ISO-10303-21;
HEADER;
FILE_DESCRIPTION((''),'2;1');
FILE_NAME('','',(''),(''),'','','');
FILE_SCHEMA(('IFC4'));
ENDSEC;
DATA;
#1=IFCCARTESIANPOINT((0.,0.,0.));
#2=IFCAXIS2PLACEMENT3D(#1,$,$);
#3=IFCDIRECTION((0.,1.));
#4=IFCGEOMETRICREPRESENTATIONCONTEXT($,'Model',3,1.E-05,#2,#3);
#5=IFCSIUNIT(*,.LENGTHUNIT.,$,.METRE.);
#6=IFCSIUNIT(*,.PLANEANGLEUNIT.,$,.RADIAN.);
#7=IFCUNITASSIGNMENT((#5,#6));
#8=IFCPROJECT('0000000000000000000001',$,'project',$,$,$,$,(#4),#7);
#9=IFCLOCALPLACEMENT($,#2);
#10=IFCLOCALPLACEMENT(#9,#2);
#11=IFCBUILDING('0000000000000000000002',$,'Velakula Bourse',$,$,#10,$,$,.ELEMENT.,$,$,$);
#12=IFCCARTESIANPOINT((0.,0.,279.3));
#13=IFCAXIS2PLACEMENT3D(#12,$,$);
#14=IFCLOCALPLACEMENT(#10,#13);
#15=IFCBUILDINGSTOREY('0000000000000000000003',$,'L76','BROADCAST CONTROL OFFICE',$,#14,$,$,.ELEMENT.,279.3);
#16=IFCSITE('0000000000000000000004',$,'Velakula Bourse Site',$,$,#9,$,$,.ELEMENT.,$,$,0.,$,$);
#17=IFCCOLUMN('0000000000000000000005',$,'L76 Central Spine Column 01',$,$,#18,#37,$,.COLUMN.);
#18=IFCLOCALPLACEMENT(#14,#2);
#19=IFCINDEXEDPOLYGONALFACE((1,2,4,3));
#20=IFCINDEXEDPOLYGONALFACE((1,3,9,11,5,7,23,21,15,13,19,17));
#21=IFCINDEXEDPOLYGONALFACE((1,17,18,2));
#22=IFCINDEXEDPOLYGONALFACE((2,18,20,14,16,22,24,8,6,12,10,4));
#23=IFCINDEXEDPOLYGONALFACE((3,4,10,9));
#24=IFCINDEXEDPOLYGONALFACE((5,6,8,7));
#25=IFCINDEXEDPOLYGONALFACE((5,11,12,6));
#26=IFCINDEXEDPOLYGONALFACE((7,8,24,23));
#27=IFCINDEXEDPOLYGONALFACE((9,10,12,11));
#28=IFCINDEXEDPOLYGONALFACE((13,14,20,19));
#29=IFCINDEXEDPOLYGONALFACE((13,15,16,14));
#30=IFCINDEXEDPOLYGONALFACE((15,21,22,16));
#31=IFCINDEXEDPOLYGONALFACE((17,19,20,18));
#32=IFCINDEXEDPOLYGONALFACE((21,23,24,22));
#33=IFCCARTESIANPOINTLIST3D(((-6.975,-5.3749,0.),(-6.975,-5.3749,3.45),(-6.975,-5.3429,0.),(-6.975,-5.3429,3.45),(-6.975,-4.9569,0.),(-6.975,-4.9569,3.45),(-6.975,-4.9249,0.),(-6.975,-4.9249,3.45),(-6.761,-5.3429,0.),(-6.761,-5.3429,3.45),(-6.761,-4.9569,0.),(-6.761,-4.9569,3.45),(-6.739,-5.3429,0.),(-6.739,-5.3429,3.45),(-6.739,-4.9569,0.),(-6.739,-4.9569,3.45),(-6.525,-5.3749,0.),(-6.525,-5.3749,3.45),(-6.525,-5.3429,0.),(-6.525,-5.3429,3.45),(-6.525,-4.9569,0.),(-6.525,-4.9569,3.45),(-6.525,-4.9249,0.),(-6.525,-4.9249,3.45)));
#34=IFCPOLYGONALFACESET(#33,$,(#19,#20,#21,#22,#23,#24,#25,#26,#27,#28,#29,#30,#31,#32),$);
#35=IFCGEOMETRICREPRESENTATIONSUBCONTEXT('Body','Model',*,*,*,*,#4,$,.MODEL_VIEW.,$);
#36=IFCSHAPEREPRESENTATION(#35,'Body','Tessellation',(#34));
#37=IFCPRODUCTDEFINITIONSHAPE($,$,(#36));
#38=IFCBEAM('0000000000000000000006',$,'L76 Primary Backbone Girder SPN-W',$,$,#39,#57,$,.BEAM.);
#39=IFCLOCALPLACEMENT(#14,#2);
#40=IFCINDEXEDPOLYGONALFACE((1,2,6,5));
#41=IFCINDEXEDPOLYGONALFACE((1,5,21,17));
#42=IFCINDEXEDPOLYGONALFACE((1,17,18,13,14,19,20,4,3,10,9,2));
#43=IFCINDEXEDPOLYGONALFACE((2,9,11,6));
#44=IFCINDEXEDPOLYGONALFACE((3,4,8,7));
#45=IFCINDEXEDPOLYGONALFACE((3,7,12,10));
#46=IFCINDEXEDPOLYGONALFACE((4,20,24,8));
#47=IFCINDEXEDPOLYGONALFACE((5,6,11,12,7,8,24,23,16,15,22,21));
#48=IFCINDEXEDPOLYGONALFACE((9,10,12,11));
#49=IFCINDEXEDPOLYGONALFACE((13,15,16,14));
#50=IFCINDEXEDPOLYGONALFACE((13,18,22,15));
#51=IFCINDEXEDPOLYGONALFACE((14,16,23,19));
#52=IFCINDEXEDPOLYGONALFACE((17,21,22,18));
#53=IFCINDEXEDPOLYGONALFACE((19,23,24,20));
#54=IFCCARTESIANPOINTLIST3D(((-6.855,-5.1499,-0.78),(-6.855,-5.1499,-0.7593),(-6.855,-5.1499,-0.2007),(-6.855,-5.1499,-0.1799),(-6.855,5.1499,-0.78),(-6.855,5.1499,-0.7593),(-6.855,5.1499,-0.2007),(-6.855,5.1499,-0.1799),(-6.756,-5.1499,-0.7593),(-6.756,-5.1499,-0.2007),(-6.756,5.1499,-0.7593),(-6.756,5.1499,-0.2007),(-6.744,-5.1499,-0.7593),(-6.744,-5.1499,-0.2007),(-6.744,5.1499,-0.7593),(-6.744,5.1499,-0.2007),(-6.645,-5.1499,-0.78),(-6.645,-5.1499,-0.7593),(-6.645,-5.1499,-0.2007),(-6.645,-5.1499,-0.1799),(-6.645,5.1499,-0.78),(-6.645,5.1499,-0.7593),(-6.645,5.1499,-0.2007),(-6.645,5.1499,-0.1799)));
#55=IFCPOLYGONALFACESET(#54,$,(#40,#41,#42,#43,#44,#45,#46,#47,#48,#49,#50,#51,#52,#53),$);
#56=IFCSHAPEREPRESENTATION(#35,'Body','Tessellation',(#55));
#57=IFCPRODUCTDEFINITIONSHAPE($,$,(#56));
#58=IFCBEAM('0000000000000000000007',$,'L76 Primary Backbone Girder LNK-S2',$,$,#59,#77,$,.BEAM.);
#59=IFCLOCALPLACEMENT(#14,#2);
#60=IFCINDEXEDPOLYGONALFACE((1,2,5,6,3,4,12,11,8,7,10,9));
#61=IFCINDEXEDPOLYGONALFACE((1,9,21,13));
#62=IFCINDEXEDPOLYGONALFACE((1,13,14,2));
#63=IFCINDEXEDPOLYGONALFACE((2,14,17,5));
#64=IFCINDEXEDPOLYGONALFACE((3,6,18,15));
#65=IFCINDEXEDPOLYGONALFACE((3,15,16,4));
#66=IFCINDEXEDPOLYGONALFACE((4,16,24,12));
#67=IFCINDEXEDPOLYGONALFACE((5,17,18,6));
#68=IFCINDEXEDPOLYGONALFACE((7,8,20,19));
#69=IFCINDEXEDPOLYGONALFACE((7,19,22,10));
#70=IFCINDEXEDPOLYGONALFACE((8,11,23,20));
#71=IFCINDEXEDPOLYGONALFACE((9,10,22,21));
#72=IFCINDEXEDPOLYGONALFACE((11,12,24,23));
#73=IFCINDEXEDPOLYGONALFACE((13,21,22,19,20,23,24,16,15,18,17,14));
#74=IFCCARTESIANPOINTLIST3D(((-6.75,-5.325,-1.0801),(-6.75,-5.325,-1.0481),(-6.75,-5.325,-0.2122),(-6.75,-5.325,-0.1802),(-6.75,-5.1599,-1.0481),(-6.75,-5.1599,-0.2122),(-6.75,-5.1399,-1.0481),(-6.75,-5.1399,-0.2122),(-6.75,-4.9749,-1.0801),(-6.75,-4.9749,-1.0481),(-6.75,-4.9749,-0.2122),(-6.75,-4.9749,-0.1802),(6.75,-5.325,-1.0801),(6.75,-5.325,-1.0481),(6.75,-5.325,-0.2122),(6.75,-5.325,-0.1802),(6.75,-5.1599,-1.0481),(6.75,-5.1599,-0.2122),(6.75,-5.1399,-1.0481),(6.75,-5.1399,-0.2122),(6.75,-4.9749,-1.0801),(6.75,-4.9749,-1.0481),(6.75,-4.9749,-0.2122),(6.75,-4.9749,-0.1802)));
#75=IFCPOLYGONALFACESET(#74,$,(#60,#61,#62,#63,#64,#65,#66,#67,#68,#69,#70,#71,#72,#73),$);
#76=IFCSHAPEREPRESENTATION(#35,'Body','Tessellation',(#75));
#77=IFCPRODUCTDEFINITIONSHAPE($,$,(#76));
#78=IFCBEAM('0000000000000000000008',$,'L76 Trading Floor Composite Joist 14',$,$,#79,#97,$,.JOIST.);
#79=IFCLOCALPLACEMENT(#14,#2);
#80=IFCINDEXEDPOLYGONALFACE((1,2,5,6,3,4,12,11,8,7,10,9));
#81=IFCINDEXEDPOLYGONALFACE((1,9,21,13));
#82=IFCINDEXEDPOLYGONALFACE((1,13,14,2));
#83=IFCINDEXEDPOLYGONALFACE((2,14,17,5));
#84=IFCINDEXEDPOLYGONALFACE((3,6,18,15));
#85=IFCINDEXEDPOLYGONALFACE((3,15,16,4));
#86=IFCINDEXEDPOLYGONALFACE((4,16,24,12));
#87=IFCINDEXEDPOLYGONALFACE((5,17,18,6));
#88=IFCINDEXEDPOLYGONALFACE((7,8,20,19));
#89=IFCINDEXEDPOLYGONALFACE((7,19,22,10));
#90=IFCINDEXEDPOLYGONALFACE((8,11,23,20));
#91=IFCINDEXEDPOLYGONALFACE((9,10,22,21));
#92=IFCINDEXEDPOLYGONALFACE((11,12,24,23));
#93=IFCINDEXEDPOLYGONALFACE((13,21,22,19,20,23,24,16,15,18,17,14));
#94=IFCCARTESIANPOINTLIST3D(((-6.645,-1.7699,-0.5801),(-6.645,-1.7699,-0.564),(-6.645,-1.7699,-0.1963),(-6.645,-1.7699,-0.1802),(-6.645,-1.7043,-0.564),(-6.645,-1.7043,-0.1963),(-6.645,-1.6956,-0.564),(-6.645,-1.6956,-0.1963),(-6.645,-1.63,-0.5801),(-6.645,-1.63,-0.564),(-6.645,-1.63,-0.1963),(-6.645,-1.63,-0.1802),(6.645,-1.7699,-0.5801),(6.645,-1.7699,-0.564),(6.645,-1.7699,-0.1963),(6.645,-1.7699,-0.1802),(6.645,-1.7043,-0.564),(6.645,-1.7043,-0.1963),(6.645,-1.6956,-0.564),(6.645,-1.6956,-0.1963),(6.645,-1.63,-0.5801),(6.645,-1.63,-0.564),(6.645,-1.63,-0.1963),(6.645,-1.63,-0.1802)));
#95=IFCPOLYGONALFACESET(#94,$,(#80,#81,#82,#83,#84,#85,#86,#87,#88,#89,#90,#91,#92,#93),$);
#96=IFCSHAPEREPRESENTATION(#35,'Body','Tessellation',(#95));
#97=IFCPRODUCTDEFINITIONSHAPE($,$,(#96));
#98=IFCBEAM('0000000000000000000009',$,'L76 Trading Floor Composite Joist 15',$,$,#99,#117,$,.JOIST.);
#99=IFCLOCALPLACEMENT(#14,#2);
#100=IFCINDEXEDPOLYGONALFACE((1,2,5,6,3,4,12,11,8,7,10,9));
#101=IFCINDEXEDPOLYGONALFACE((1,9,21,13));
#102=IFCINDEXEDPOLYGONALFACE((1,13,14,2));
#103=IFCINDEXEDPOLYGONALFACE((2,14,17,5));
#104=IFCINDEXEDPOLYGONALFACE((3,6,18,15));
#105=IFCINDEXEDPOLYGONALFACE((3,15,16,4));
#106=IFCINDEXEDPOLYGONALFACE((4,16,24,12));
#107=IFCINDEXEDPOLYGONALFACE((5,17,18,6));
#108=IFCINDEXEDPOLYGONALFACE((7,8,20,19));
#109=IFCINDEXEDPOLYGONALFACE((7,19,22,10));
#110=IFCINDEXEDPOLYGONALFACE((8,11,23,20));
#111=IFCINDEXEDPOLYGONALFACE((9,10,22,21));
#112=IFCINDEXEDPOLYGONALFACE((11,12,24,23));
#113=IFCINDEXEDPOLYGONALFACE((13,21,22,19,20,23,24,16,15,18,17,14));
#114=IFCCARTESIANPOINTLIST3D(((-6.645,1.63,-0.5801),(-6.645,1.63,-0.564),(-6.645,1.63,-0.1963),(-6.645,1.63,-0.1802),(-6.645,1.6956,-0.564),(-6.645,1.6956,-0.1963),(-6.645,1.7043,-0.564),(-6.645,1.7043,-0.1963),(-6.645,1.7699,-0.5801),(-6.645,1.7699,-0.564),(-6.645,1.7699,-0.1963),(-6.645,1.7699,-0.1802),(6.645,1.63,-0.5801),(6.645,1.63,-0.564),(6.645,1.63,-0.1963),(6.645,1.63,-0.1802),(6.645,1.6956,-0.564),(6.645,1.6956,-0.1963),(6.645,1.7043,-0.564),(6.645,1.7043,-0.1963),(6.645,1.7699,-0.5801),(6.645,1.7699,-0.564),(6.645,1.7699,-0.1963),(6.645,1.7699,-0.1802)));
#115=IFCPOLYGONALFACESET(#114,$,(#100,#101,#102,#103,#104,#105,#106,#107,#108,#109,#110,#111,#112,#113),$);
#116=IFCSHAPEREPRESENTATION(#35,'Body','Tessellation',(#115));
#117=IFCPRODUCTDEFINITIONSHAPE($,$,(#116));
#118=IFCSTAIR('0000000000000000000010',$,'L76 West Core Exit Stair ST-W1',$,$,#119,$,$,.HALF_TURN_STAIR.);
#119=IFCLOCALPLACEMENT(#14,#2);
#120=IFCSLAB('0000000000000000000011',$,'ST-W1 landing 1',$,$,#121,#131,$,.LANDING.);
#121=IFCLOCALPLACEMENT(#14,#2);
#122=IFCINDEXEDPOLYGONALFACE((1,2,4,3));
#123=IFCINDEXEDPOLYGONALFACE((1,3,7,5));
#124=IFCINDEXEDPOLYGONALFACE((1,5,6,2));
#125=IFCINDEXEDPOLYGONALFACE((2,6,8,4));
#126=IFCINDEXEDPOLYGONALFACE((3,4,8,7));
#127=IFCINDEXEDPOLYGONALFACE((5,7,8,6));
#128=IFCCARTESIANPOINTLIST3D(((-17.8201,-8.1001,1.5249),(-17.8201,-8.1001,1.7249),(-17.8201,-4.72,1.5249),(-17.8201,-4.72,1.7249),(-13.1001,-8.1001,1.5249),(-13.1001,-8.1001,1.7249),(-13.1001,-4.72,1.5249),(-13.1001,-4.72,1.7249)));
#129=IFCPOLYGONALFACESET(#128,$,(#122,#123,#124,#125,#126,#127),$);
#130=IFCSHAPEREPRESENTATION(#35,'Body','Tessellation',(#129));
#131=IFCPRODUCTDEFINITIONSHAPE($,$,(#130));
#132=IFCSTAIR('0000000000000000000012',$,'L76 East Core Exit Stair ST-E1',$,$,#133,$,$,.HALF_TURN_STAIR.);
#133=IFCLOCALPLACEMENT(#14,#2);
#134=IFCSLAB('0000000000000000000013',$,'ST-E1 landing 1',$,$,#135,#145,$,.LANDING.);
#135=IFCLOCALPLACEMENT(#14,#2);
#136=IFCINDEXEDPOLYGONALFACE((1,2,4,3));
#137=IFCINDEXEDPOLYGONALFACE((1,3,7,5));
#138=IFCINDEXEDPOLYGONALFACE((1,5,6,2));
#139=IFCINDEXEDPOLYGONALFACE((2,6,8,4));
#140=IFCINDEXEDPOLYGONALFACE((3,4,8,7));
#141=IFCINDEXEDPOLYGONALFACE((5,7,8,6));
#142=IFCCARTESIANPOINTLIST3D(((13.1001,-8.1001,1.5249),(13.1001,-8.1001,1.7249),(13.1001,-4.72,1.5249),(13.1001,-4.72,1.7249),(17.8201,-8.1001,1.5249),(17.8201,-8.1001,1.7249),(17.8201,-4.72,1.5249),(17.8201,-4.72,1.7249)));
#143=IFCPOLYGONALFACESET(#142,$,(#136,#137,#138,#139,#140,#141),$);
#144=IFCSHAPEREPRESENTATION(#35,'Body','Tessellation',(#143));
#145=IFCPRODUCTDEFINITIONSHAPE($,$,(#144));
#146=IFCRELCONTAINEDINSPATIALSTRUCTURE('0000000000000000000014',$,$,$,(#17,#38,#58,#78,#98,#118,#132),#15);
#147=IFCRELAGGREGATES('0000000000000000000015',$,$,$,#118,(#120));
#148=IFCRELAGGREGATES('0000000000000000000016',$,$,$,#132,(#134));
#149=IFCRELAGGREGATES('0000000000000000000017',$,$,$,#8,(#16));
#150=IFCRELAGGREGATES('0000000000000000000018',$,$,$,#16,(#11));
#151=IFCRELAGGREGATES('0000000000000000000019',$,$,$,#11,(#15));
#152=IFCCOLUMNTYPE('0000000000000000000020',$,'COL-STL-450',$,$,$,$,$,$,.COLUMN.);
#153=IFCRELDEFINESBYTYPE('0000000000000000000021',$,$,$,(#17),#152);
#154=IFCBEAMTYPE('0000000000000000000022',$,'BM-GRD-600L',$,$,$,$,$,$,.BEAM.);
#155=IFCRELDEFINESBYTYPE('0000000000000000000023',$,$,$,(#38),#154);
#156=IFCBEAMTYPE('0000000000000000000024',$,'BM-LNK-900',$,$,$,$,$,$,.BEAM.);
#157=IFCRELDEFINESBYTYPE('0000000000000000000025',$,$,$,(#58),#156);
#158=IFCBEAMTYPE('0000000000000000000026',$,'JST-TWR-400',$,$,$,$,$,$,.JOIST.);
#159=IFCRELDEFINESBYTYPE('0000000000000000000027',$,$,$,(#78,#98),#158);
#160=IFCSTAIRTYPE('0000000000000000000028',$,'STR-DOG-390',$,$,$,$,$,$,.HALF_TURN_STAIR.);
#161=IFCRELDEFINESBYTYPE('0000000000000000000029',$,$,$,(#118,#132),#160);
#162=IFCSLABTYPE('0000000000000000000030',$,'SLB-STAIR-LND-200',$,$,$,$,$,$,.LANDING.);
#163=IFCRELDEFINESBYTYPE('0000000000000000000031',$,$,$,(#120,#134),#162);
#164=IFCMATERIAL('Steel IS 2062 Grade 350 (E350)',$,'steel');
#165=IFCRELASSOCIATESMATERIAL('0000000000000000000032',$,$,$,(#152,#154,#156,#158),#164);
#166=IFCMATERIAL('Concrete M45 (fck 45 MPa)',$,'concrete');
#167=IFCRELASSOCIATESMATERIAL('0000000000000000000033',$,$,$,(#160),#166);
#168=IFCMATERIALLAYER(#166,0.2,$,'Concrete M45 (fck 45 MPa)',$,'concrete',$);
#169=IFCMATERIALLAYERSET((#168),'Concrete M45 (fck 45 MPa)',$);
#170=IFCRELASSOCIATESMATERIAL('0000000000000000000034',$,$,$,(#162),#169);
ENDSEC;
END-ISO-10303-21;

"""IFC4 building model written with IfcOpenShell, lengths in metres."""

from ifc_helpers import new_model, si_unit, direction, frame, origin, origin_2d, place, context, subcontext, project, spatial, polyline, i_section, outline, extrude, material, layer, layer_set, material_profile, profile_set, type_object, element, aggregate, save


model = new_model("IFC4")

# Units and contexts
model_context = context("Model", 3, precision=1e-05, world=origin(), true_north=direction((0.0, 1.0)))
body_context = subcontext(model_context, "Body", "Model", "MODEL_VIEW")
ifc_project = project(units=[si_unit("LENGTHUNIT", "METRE"), si_unit("PLANEANGLEUNIT", "RADIAN")], contexts=[model_context])

# Site, building, storey
site_placement = place(None, origin())
site = spatial("IfcSite", under=ifc_project, at=site_placement, Name="Velakula Bourse Site", CompositionType="ELEMENT", RefElevation=0.0)
building_placement = place(site_placement, origin())
building = spatial("IfcBuilding", under=site, at=building_placement, Name="Velakula Bourse", CompositionType="ELEMENT")
storey_placement = place(building_placement, frame((0.0, 0.0, 279.3)))
storey = spatial("IfcBuildingStorey", under=building, at=storey_placement, Name="L76", Description="BROADCAST CONTROL OFFICE", CompositionType="ELEMENT", Elevation=279.3)

# Column
ifc_material_1 = material(Name="Steel IS 2062 Grade 350 (E350)", Category="steel")
ifc_material_profile_1 = material_profile(ifc_material_1, i_section(OverallWidth=0.45, OverallDepth=0.45, WebThickness=0.022, FlangeThickness=0.032, at=origin_2d()), Name="Steel IS 2062 Grade 350 (E350)")
ifc_profile_set_1 = profile_set([ifc_material_profile_1], Name="Steel IS 2062 Grade 350 (E350)")
column_type = type_object("IfcColumnType", Name="COL-STL-450", PredefinedType="COLUMN", material=ifc_profile_set_1)
column_placement = place(storey_placement, frame((-6.75, -5.1499, 0.0), z_axis=(0.0, 0.0, 1.0), x_axis=(1.0, 0.0, 0.0)))
element("IfcColumn", 1, at=column_placement, inside=storey, type_object=column_type, Name="L76 Central Spine Column 01", PredefinedType="COLUMN", context=body_context, shape_type="SweptSolid", body=[
    extrude(i_section(OverallWidth=0.45, OverallDepth=0.45, WebThickness=0.022, FlangeThickness=0.032, at=origin_2d()), origin(), (0.0, 0.0, 1.0), 3.45),
])

# Beams
ifc_material_profile_2 = material_profile(ifc_material_1, i_section(OverallWidth=0.21, OverallDepth=0.6001, WebThickness=0.012, FlangeThickness=0.0208, at=origin_2d()), Name="Steel IS 2062 Grade 350 (E350)")
ifc_profile_set_2 = profile_set([ifc_material_profile_2], Name="Steel IS 2062 Grade 350 (E350)")
beam_type_1 = type_object("IfcBeamType", Name="BM-GRD-600L", PredefinedType="BEAM", material=ifc_profile_set_2)
beam_1_placement = place(storey_placement, frame((-6.75, -5.1499, -0.48), z_axis=(0.0, 1.0, 0.0), x_axis=(-1.0, 0.0, 0.0)))
element("IfcBeam", 2, at=beam_1_placement, inside=storey, type_object=beam_type_1, Name="L76 Primary Backbone Girder SPN-W", PredefinedType="BEAM", context=body_context, shape_type="SweptSolid", body=[
    extrude(i_section(OverallWidth=0.21, OverallDepth=0.6001, WebThickness=0.012, FlangeThickness=0.0208, at=origin_2d()), origin(), (0.0, 0.0, 1.0), 10.2998),
])
ifc_material_profile_3 = material_profile(ifc_material_1, i_section(OverallWidth=0.3501, OverallDepth=0.8999, WebThickness=0.02, FlangeThickness=0.032, at=origin_2d()), Name="Steel IS 2062 Grade 350 (E350)")
ifc_profile_set_3 = profile_set([ifc_material_profile_3], Name="Steel IS 2062 Grade 350 (E350)")
beam_type_2 = type_object("IfcBeamType", Name="BM-LNK-900", PredefinedType="BEAM", material=ifc_profile_set_3)
beam_2_placement = place(storey_placement, frame((-6.75, -5.1499, -0.6301), z_axis=(1.0, 0.0, 0.0), x_axis=(0.0, 1.0, 0.0)))
element("IfcBeam", 3, at=beam_2_placement, inside=storey, type_object=beam_type_2, Name="L76 Primary Backbone Girder LNK-S2", PredefinedType="BEAM", context=body_context, shape_type="SweptSolid", body=[
    extrude(i_section(OverallWidth=0.3501, OverallDepth=0.8999, WebThickness=0.02, FlangeThickness=0.032, at=origin_2d()), origin(), (0.0, 0.0, 1.0), 13.5),
])
ifc_material_profile_4 = material_profile(ifc_material_1, i_section(OverallWidth=0.1399, OverallDepth=0.3999, WebThickness=0.0088, FlangeThickness=0.0161, at=origin_2d()), Name="Steel IS 2062 Grade 350 (E350)")
ifc_profile_set_4 = profile_set([ifc_material_profile_4], Name="Steel IS 2062 Grade 350 (E350)")
beam_type_3 = type_object("IfcBeamType", Name="JST-TWR-400", PredefinedType="JOIST", material=ifc_profile_set_4)
for number, where, z_axis, x_axis, name in (
    (4, (-6.645, -1.7, -0.3801), (1.0, 0.0, 0.0), (0.0, 1.0, 0.0), "L76 Trading Floor Composite Joist 14"),
    (5, (-6.645, 1.7, -0.3801), (1.0, 0.0, 0.0), (0.0, 1.0, 0.0), "L76 Trading Floor Composite Joist 15"),
):
    element("IfcBeam", number, at=place(storey_placement, frame(where, z_axis=z_axis, x_axis=x_axis)), inside=storey, type_object=beam_type_3, Name=name, PredefinedType="JOIST", context=body_context, shape_type="SweptSolid", body=[
        extrude(i_section(OverallWidth=0.1399, OverallDepth=0.3999, WebThickness=0.0088, FlangeThickness=0.0161, at=origin_2d()), origin(), (0.0, 0.0, 1.0), 13.29),
    ])

# Stairs, slabs
ifc_material_2 = material(Name="Concrete M45 (fck 45 MPa)", Category="concrete")
stair_type = type_object("IfcStairType", Name="STR-DOG-390", PredefinedType="HALF_TURN_STAIR", material=ifc_material_2)
stair_1_placement = place(storey_placement, origin())
stair_1 = element("IfcStair", 6, at=stair_1_placement, inside=storey, type_object=stair_type, Name="L76 West Core Exit Stair ST-W1", PredefinedType="HALF_TURN_STAIR")
ifc_layer_1 = layer(ifc_material_2, 0.2, Name="Concrete M45 (fck 45 MPa)", Category="concrete")
ifc_layer_set_1 = layer_set([ifc_layer_1], Name="Concrete M45 (fck 45 MPa)")
slab_type_1 = type_object("IfcSlabType", Name="SLB-STAIR-LND-200", PredefinedType="LANDING", material=ifc_layer_set_1)
slab_1_placement = place(storey_placement, frame((0.0, 0.0, 1.5249)))
slab_1 = element("IfcSlab", 7, at=slab_1_placement, type_object=slab_type_1, Name="ST-W1 landing 1", PredefinedType="LANDING", context=body_context, shape_type="SweptSolid", body=[
    extrude(outline(polyline([(-17.8201, -4.72), (-17.8201, -8.1001), (-13.1001, -8.1001), (-13.1001, -4.72), (-17.8201, -4.72)])), origin(), (0.0, 0.0, 1.0), 0.2),
])
aggregate(stair_1, [slab_1])
stair_2_placement = place(storey_placement, origin())
stair_2 = element("IfcStair", 8, at=stair_2_placement, inside=storey, type_object=stair_type, Name="L76 East Core Exit Stair ST-E1", PredefinedType="HALF_TURN_STAIR")
slab_2_placement = place(storey_placement, frame((0.0, 0.0, 1.5249)))
slab_2 = element("IfcSlab", 9, at=slab_2_placement, type_object=slab_type_1, Name="ST-E1 landing 1", PredefinedType="LANDING", context=body_context, shape_type="SweptSolid", body=[
    extrude(outline(polyline([(13.1001, -4.72), (13.1001, -8.1001), (17.8201, -8.1001), (17.8201, -4.72), (13.1001, -4.72)])), origin(), (0.0, 0.0, 1.0), 0.2),
])
aggregate(stair_2, [slab_2])

save(model, "model.ifc")
